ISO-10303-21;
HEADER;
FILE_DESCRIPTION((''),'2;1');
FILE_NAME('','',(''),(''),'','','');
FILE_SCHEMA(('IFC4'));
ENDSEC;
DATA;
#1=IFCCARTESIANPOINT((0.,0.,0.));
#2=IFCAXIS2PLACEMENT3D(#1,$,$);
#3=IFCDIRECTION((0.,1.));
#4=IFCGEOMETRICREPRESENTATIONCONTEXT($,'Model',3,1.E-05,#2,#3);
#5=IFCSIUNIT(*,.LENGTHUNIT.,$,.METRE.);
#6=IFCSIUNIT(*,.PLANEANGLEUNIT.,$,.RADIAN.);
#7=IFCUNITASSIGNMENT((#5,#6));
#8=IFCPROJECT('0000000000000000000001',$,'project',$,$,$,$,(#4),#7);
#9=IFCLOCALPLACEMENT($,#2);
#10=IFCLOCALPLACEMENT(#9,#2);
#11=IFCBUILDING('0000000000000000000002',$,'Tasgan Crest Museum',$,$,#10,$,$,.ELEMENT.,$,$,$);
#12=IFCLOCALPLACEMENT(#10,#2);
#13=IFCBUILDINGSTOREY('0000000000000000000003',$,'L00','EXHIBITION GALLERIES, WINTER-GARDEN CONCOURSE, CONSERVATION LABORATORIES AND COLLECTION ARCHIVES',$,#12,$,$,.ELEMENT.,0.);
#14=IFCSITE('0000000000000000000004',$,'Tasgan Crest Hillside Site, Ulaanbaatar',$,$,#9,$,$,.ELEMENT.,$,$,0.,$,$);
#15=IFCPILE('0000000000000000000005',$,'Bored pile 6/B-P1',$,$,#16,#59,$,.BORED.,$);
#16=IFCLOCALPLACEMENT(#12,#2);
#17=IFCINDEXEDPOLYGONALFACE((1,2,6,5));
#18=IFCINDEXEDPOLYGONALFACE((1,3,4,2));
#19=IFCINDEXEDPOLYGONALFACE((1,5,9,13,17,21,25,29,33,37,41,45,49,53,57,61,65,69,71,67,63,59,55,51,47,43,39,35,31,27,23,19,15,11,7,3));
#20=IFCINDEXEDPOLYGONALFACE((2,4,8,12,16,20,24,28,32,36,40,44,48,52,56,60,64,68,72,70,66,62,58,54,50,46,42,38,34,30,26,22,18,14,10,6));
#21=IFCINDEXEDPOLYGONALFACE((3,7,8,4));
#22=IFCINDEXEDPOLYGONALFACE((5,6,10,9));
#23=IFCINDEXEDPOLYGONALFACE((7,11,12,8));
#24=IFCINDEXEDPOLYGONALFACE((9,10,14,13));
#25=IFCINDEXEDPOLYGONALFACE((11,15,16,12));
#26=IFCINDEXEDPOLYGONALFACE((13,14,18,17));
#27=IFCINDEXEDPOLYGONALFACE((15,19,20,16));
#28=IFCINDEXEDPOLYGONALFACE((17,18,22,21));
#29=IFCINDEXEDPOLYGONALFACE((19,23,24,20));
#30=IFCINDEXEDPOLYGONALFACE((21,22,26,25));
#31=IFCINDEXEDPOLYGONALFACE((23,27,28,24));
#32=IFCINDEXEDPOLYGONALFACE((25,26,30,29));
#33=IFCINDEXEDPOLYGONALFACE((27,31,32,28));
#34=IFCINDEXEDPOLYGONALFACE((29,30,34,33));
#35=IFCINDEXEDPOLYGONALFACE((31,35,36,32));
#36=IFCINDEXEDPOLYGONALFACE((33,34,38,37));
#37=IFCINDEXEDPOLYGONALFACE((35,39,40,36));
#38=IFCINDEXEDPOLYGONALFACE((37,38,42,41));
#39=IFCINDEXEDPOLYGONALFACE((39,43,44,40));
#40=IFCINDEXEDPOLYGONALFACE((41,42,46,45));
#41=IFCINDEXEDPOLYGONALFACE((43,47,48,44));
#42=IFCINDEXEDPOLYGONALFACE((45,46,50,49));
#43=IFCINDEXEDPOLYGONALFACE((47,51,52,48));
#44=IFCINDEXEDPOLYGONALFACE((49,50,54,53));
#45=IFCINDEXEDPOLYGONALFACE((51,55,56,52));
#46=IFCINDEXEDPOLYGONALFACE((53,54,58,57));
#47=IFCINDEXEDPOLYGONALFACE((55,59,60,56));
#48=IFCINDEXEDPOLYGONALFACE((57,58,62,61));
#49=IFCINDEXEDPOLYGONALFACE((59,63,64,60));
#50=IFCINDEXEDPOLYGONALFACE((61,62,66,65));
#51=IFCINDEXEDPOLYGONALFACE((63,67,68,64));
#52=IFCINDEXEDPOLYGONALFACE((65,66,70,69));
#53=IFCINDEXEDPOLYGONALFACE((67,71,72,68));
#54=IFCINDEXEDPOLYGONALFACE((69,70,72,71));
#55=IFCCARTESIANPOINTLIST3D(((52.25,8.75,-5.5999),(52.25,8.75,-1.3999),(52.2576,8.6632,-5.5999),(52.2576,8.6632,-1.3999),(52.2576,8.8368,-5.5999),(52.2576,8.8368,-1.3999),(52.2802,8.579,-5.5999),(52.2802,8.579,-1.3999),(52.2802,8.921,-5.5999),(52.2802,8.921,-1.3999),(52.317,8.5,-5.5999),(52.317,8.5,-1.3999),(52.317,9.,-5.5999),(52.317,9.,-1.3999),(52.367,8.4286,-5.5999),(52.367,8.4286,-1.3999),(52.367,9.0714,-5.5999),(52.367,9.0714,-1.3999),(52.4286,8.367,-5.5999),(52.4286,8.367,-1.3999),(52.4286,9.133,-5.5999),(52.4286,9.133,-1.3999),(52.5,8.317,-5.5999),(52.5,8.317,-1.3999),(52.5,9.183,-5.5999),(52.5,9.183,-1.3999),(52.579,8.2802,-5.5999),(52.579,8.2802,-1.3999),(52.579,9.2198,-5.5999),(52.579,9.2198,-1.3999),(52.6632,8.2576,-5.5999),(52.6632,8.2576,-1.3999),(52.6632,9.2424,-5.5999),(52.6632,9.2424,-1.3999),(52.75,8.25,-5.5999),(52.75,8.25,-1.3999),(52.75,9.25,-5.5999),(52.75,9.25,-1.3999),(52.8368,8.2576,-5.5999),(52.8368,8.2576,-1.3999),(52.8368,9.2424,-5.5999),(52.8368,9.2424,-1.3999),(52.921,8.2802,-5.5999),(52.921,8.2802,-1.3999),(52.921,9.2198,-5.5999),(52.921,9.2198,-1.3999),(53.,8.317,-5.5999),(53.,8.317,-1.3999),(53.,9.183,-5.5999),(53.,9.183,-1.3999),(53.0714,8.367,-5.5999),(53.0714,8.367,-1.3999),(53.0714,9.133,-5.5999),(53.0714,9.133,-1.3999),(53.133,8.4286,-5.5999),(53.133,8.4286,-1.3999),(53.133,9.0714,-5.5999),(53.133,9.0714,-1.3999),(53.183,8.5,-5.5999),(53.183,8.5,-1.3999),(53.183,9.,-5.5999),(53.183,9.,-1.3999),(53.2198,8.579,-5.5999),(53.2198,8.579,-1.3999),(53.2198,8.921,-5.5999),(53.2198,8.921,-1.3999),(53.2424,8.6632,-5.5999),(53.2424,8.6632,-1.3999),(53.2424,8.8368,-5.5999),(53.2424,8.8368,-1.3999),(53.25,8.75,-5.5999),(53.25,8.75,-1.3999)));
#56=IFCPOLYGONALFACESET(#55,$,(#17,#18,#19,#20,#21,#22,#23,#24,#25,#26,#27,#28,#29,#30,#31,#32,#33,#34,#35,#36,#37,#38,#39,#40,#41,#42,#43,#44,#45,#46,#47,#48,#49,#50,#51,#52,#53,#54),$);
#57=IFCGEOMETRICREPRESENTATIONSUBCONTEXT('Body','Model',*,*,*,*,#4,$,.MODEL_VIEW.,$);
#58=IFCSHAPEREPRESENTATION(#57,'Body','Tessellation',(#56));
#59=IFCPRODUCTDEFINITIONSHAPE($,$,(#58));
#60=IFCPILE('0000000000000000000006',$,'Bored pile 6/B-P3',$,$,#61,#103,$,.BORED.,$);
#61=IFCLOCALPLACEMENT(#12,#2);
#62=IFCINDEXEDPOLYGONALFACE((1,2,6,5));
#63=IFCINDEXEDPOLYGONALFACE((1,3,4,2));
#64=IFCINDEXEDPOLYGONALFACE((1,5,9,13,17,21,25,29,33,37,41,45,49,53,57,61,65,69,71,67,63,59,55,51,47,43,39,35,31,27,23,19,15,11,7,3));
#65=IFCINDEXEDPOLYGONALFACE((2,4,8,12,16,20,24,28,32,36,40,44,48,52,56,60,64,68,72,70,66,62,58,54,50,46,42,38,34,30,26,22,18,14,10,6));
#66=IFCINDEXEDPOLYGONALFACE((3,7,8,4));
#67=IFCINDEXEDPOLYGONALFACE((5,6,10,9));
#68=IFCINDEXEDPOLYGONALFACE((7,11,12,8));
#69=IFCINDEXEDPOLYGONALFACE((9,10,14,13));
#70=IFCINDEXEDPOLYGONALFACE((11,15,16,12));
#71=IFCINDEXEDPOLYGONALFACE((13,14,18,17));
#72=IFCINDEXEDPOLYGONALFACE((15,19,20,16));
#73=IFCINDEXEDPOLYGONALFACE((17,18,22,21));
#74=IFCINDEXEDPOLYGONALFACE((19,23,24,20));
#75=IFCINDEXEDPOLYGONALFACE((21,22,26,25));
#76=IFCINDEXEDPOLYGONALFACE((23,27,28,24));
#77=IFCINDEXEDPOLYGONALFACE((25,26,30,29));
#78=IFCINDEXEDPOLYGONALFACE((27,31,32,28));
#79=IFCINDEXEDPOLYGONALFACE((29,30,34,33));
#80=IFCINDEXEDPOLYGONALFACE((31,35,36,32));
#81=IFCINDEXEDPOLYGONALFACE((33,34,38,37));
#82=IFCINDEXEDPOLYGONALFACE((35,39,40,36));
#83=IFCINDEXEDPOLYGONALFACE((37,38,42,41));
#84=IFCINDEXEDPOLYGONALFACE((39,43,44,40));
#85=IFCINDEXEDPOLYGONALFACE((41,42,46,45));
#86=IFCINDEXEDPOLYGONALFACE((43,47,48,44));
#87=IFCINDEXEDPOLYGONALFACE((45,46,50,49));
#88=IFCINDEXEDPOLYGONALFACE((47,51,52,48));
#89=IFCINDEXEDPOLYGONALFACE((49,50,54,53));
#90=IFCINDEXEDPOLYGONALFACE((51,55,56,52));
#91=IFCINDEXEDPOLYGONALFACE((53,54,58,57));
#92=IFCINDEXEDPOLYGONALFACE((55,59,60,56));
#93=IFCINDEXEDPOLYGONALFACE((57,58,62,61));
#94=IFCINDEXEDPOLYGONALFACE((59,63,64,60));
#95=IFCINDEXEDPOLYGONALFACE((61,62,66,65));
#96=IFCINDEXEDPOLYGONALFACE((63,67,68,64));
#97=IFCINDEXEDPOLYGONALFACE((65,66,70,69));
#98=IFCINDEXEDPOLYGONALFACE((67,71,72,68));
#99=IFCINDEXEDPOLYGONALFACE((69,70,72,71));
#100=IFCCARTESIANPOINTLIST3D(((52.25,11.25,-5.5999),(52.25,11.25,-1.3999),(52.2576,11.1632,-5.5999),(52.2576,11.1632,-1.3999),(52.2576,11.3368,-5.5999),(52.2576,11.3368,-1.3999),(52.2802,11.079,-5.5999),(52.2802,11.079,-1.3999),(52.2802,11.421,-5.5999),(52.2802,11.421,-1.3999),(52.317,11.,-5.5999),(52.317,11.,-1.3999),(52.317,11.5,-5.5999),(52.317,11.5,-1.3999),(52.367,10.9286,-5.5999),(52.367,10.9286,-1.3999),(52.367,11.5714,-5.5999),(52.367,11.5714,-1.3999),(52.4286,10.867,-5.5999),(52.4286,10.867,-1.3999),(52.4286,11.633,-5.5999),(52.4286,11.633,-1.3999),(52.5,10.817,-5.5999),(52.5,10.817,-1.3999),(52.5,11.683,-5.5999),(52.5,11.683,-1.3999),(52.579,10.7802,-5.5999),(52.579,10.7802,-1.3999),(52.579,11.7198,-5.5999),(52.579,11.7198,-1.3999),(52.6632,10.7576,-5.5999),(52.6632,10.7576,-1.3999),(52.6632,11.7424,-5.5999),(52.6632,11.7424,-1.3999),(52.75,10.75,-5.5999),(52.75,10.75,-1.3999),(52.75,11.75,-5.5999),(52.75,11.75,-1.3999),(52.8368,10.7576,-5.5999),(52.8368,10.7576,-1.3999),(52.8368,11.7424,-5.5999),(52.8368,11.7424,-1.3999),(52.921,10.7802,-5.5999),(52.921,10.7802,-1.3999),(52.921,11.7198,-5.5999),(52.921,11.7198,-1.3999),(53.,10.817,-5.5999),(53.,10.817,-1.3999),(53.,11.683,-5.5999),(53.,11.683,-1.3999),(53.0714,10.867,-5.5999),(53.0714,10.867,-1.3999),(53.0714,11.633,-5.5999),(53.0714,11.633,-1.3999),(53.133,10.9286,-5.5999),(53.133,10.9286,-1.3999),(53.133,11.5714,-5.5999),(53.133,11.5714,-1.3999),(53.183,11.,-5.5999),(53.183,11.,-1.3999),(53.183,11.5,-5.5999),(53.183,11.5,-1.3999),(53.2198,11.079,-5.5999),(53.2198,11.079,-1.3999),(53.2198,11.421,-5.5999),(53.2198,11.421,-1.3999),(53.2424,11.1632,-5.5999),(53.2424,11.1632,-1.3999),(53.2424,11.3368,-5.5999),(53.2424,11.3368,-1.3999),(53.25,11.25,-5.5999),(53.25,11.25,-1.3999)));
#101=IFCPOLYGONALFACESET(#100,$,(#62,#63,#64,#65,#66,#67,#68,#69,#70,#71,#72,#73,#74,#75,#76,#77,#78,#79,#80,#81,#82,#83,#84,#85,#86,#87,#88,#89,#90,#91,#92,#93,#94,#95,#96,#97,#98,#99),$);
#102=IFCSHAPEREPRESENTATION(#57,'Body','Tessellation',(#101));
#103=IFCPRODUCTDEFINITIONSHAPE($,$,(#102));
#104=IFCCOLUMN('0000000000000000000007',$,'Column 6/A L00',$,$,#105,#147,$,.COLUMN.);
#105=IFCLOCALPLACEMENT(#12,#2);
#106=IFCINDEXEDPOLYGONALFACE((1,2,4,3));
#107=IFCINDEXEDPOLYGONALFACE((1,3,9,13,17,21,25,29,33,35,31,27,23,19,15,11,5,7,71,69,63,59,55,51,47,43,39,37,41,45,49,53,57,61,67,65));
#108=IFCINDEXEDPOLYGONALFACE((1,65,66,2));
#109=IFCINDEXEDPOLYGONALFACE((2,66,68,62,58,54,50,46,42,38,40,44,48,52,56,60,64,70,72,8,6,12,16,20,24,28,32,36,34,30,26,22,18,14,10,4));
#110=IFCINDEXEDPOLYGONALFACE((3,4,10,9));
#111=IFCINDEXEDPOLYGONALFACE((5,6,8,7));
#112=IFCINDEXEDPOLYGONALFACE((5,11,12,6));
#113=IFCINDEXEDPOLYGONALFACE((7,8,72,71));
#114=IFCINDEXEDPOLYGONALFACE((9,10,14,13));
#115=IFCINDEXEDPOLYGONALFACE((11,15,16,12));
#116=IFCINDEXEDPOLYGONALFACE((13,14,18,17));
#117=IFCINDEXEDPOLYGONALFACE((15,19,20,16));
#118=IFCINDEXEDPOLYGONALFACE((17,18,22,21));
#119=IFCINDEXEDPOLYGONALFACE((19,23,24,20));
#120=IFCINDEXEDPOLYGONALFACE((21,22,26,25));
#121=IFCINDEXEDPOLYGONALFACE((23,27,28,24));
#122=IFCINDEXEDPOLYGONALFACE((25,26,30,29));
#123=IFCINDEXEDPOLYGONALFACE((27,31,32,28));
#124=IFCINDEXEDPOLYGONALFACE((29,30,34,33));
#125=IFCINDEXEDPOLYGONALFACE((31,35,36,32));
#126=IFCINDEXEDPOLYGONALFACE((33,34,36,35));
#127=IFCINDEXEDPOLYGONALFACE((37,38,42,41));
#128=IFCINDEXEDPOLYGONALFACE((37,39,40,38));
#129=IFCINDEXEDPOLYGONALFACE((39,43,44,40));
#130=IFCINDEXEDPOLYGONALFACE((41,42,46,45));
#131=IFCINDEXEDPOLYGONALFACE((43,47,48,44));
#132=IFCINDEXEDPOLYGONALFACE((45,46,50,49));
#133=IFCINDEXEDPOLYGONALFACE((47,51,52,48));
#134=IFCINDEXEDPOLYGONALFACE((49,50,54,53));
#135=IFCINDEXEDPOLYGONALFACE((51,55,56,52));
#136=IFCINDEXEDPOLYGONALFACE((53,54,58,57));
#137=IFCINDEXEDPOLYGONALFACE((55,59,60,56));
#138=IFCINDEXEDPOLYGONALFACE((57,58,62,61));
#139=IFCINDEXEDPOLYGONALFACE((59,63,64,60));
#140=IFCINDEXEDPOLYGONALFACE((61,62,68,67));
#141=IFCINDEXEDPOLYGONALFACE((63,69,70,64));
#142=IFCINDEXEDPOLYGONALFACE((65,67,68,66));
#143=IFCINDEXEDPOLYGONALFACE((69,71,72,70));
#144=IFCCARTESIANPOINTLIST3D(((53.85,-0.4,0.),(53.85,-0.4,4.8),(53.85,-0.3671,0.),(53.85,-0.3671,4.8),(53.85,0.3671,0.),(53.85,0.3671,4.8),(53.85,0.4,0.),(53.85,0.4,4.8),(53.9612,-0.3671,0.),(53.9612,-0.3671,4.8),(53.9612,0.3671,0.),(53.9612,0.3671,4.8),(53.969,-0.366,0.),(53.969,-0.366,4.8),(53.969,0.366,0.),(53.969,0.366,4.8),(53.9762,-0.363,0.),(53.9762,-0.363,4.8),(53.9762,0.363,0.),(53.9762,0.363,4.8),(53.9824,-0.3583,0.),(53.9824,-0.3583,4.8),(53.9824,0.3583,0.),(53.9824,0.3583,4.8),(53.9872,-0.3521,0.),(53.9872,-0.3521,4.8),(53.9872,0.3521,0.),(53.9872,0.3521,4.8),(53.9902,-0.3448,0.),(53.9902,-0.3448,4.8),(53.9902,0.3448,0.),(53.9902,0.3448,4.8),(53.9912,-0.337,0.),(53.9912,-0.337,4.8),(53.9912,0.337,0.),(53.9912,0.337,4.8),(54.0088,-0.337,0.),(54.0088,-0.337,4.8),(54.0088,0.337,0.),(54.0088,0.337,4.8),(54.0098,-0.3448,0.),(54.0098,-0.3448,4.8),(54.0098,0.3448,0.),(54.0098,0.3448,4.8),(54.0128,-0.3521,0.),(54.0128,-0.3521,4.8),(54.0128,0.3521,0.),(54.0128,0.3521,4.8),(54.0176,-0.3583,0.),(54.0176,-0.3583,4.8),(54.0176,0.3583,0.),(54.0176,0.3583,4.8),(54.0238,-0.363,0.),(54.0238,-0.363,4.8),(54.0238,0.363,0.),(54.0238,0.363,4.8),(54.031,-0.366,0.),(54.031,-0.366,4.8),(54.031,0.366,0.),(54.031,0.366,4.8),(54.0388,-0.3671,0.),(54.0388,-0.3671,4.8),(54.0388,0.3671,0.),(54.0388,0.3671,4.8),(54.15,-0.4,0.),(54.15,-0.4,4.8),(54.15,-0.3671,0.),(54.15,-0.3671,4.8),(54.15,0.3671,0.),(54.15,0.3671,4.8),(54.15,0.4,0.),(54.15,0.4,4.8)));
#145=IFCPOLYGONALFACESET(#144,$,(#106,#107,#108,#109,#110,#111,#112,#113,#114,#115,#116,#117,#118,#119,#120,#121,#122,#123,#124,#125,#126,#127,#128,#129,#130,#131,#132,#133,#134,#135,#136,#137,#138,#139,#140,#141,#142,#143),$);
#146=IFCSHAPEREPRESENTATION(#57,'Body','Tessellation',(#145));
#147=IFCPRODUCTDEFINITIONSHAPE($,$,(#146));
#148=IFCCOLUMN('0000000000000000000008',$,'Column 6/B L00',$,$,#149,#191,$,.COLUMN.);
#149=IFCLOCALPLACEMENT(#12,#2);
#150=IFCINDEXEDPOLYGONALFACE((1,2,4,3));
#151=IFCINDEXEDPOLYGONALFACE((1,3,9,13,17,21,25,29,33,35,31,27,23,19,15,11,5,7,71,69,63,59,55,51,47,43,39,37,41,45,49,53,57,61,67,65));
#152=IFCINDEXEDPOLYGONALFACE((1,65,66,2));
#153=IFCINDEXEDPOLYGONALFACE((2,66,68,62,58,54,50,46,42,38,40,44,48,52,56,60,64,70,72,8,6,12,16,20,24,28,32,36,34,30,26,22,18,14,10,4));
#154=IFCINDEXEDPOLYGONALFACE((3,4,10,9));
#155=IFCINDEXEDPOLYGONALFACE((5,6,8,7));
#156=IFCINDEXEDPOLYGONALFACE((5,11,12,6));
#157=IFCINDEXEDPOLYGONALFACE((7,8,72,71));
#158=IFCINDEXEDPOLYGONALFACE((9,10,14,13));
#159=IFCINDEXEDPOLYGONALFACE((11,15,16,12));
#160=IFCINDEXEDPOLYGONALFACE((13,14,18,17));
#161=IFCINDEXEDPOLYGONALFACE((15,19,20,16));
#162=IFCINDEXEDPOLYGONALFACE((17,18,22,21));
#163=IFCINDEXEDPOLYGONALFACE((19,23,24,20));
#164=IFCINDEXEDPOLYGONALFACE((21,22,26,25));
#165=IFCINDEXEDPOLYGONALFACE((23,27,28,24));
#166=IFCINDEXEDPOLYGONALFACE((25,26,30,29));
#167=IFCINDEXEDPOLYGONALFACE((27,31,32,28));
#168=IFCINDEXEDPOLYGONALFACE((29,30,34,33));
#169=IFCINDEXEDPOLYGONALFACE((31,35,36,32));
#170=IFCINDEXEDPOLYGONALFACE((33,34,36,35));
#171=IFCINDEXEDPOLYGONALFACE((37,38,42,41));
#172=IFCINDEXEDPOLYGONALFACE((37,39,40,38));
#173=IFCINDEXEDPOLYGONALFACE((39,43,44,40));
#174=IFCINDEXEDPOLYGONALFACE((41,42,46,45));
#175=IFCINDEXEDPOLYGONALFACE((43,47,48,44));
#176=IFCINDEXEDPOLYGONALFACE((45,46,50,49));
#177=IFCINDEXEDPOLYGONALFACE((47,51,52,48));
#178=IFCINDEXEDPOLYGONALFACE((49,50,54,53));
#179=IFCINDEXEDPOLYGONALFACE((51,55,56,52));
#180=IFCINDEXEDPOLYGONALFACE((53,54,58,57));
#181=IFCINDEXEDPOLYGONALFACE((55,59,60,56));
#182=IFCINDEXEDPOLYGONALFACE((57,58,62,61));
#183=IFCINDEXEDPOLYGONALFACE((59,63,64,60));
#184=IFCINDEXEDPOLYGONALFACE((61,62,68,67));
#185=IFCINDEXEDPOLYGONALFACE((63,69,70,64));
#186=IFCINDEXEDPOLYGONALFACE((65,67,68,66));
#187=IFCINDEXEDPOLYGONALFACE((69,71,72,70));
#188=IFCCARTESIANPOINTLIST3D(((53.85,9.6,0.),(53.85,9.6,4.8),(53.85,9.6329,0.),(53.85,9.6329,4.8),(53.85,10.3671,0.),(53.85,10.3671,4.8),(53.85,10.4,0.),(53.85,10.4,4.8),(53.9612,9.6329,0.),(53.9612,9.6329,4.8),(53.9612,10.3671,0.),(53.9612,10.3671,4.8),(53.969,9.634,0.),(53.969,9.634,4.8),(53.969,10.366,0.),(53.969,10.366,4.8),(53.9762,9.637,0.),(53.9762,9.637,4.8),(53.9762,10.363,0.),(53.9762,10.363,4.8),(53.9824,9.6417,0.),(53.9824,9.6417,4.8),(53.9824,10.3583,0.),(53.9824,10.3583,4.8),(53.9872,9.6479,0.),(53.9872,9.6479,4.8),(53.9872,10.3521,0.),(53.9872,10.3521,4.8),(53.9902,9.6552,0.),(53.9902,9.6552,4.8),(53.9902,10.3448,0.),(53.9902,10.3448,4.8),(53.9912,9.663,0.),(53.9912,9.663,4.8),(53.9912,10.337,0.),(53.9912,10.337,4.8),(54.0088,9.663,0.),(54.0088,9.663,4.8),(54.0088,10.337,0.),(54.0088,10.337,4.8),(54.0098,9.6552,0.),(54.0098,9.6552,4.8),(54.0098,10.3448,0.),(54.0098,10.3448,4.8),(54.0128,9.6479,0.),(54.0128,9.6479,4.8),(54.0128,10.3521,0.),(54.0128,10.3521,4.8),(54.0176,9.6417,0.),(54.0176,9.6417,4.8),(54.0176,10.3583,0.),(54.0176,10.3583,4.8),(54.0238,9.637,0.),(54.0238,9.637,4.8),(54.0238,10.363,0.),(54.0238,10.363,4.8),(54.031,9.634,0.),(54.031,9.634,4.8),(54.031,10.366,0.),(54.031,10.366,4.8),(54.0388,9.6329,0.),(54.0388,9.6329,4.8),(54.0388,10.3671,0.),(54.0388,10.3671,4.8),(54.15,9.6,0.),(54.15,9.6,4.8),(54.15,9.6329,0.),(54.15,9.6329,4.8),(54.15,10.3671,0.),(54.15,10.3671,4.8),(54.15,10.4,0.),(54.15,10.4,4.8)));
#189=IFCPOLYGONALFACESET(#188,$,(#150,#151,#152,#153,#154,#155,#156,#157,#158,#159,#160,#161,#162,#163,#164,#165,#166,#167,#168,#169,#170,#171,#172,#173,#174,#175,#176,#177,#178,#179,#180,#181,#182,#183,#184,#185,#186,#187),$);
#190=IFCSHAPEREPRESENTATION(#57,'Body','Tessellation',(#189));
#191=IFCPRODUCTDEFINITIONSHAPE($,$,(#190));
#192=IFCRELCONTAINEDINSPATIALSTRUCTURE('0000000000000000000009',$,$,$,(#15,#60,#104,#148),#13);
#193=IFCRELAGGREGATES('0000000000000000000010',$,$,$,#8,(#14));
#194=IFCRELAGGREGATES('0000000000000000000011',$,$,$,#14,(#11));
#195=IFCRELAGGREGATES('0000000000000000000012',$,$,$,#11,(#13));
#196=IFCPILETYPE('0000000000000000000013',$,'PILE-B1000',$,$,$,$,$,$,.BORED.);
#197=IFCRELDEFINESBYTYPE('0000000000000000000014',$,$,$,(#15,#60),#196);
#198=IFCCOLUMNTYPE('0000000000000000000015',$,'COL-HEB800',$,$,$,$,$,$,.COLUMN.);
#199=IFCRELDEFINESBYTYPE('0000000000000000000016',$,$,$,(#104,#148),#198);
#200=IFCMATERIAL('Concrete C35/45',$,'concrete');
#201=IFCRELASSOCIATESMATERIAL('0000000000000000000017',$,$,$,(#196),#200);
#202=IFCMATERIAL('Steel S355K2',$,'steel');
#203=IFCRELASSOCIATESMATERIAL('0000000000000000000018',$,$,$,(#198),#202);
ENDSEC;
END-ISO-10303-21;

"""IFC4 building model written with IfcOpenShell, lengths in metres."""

from ifc_helpers import new_model, si_unit, direction, frame, origin, origin_2d, place, context, subcontext, project, spatial, circle, i_section, extrude, material, material_profile, profile_set, type_object, element, save


model = new_model("IFC4")

# Units and contexts
model_context = context("Model", 3, precision=1e-05, world=origin(), true_north=direction((0.0, 1.0)))
body_context = subcontext(model_context, "Body", "Model", "MODEL_VIEW")
ifc_project = project(units=[si_unit("LENGTHUNIT", "METRE"), si_unit("PLANEANGLEUNIT", "RADIAN")], contexts=[model_context])

# Site, building, storey
site_placement = place(None, origin())
site = spatial("IfcSite", under=ifc_project, at=site_placement, Name="Tasgan Crest Hillside Site, Ulaanbaatar", CompositionType="ELEMENT", RefElevation=0.0)
building_placement = place(site_placement, origin())
building = spatial("IfcBuilding", under=site, at=building_placement, Name="Tasgan Crest Museum", CompositionType="ELEMENT")
storey_placement = place(building_placement, origin())
storey = spatial("IfcBuildingStorey", under=building, at=storey_placement, Name="L00", Description="EXHIBITION GALLERIES, WINTER-GARDEN CONCOURSE, CONSERVATION LABORATORIES AND COLLECTION ARCHIVES", CompositionType="ELEMENT", Elevation=0.0)

# Piles
ifc_material_1 = material(Name="Concrete C35/45", Category="concrete")
ifc_material_profile_1 = material_profile(ifc_material_1, circle(Radius=0.5, at=origin_2d()), Name="PILE D1000")
ifc_profile_set_1 = profile_set([ifc_material_profile_1], Name="Concrete C35/45")
pile_type = type_object("IfcPileType", Name="PILE-B1000", PredefinedType="BORED", material=ifc_profile_set_1)
for number, where, z_axis, x_axis, name in (
    (1, (52.75, 8.75, -1.3999), (0.0, 0.0, -1.0), (1.0, 0.0, 0.0), "Bored pile 6/B-P1"),
    (2, (52.75, 11.25, -1.3999), (0.0, 0.0, -1.0), (1.0, 0.0, 0.0), "Bored pile 6/B-P3"),
):
    element("IfcPile", number, at=place(storey_placement, frame(where, z_axis=z_axis, x_axis=x_axis)), inside=storey, type_object=pile_type, Name=name, PredefinedType="BORED", context=body_context, shape_type="SweptSolid", body=[
        extrude(circle(Radius=0.5, at=origin_2d()), origin(), (0.0, 0.0, 1.0), 4.2),
    ])

# Columns
ifc_material_2 = material(Name="Steel S355K2", Category="steel")
ifc_material_profile_2 = material_profile(ifc_material_2, i_section(OverallWidth=0.3, OverallDepth=0.8, WebThickness=0.0176, FlangeThickness=0.033, FilletRadius=0.03, at=origin_2d()), Name="HEB 800")
ifc_profile_set_2 = profile_set([ifc_material_profile_2], Name="Steel S355K2")
column_type = type_object("IfcColumnType", Name="COL-HEB800", PredefinedType="COLUMN", material=ifc_profile_set_2)
for number, where, z_axis, x_axis, name in (
    (3, (54.0, 0.0, 0.0), (0.0, 0.0, 1.0), (1.0, 0.0, 0.0), "Column 6/A L00"),
    (4, (54.0, 10.0, 0.0), (0.0, 0.0, 1.0), (1.0, 0.0, 0.0), "Column 6/B L00"),
):
    element("IfcColumn", number, at=place(storey_placement, frame(where, z_axis=z_axis, x_axis=x_axis)), inside=storey, type_object=column_type, Name=name, PredefinedType="COLUMN", context=body_context, shape_type="SweptSolid", body=[
        extrude(i_section(OverallWidth=0.3, OverallDepth=0.8, WebThickness=0.0176, FlangeThickness=0.033, FilletRadius=0.03, at=origin_2d()), origin(), (0.0, 0.0, 1.0), 4.8),
    ])

save(model, "model.ifc")
